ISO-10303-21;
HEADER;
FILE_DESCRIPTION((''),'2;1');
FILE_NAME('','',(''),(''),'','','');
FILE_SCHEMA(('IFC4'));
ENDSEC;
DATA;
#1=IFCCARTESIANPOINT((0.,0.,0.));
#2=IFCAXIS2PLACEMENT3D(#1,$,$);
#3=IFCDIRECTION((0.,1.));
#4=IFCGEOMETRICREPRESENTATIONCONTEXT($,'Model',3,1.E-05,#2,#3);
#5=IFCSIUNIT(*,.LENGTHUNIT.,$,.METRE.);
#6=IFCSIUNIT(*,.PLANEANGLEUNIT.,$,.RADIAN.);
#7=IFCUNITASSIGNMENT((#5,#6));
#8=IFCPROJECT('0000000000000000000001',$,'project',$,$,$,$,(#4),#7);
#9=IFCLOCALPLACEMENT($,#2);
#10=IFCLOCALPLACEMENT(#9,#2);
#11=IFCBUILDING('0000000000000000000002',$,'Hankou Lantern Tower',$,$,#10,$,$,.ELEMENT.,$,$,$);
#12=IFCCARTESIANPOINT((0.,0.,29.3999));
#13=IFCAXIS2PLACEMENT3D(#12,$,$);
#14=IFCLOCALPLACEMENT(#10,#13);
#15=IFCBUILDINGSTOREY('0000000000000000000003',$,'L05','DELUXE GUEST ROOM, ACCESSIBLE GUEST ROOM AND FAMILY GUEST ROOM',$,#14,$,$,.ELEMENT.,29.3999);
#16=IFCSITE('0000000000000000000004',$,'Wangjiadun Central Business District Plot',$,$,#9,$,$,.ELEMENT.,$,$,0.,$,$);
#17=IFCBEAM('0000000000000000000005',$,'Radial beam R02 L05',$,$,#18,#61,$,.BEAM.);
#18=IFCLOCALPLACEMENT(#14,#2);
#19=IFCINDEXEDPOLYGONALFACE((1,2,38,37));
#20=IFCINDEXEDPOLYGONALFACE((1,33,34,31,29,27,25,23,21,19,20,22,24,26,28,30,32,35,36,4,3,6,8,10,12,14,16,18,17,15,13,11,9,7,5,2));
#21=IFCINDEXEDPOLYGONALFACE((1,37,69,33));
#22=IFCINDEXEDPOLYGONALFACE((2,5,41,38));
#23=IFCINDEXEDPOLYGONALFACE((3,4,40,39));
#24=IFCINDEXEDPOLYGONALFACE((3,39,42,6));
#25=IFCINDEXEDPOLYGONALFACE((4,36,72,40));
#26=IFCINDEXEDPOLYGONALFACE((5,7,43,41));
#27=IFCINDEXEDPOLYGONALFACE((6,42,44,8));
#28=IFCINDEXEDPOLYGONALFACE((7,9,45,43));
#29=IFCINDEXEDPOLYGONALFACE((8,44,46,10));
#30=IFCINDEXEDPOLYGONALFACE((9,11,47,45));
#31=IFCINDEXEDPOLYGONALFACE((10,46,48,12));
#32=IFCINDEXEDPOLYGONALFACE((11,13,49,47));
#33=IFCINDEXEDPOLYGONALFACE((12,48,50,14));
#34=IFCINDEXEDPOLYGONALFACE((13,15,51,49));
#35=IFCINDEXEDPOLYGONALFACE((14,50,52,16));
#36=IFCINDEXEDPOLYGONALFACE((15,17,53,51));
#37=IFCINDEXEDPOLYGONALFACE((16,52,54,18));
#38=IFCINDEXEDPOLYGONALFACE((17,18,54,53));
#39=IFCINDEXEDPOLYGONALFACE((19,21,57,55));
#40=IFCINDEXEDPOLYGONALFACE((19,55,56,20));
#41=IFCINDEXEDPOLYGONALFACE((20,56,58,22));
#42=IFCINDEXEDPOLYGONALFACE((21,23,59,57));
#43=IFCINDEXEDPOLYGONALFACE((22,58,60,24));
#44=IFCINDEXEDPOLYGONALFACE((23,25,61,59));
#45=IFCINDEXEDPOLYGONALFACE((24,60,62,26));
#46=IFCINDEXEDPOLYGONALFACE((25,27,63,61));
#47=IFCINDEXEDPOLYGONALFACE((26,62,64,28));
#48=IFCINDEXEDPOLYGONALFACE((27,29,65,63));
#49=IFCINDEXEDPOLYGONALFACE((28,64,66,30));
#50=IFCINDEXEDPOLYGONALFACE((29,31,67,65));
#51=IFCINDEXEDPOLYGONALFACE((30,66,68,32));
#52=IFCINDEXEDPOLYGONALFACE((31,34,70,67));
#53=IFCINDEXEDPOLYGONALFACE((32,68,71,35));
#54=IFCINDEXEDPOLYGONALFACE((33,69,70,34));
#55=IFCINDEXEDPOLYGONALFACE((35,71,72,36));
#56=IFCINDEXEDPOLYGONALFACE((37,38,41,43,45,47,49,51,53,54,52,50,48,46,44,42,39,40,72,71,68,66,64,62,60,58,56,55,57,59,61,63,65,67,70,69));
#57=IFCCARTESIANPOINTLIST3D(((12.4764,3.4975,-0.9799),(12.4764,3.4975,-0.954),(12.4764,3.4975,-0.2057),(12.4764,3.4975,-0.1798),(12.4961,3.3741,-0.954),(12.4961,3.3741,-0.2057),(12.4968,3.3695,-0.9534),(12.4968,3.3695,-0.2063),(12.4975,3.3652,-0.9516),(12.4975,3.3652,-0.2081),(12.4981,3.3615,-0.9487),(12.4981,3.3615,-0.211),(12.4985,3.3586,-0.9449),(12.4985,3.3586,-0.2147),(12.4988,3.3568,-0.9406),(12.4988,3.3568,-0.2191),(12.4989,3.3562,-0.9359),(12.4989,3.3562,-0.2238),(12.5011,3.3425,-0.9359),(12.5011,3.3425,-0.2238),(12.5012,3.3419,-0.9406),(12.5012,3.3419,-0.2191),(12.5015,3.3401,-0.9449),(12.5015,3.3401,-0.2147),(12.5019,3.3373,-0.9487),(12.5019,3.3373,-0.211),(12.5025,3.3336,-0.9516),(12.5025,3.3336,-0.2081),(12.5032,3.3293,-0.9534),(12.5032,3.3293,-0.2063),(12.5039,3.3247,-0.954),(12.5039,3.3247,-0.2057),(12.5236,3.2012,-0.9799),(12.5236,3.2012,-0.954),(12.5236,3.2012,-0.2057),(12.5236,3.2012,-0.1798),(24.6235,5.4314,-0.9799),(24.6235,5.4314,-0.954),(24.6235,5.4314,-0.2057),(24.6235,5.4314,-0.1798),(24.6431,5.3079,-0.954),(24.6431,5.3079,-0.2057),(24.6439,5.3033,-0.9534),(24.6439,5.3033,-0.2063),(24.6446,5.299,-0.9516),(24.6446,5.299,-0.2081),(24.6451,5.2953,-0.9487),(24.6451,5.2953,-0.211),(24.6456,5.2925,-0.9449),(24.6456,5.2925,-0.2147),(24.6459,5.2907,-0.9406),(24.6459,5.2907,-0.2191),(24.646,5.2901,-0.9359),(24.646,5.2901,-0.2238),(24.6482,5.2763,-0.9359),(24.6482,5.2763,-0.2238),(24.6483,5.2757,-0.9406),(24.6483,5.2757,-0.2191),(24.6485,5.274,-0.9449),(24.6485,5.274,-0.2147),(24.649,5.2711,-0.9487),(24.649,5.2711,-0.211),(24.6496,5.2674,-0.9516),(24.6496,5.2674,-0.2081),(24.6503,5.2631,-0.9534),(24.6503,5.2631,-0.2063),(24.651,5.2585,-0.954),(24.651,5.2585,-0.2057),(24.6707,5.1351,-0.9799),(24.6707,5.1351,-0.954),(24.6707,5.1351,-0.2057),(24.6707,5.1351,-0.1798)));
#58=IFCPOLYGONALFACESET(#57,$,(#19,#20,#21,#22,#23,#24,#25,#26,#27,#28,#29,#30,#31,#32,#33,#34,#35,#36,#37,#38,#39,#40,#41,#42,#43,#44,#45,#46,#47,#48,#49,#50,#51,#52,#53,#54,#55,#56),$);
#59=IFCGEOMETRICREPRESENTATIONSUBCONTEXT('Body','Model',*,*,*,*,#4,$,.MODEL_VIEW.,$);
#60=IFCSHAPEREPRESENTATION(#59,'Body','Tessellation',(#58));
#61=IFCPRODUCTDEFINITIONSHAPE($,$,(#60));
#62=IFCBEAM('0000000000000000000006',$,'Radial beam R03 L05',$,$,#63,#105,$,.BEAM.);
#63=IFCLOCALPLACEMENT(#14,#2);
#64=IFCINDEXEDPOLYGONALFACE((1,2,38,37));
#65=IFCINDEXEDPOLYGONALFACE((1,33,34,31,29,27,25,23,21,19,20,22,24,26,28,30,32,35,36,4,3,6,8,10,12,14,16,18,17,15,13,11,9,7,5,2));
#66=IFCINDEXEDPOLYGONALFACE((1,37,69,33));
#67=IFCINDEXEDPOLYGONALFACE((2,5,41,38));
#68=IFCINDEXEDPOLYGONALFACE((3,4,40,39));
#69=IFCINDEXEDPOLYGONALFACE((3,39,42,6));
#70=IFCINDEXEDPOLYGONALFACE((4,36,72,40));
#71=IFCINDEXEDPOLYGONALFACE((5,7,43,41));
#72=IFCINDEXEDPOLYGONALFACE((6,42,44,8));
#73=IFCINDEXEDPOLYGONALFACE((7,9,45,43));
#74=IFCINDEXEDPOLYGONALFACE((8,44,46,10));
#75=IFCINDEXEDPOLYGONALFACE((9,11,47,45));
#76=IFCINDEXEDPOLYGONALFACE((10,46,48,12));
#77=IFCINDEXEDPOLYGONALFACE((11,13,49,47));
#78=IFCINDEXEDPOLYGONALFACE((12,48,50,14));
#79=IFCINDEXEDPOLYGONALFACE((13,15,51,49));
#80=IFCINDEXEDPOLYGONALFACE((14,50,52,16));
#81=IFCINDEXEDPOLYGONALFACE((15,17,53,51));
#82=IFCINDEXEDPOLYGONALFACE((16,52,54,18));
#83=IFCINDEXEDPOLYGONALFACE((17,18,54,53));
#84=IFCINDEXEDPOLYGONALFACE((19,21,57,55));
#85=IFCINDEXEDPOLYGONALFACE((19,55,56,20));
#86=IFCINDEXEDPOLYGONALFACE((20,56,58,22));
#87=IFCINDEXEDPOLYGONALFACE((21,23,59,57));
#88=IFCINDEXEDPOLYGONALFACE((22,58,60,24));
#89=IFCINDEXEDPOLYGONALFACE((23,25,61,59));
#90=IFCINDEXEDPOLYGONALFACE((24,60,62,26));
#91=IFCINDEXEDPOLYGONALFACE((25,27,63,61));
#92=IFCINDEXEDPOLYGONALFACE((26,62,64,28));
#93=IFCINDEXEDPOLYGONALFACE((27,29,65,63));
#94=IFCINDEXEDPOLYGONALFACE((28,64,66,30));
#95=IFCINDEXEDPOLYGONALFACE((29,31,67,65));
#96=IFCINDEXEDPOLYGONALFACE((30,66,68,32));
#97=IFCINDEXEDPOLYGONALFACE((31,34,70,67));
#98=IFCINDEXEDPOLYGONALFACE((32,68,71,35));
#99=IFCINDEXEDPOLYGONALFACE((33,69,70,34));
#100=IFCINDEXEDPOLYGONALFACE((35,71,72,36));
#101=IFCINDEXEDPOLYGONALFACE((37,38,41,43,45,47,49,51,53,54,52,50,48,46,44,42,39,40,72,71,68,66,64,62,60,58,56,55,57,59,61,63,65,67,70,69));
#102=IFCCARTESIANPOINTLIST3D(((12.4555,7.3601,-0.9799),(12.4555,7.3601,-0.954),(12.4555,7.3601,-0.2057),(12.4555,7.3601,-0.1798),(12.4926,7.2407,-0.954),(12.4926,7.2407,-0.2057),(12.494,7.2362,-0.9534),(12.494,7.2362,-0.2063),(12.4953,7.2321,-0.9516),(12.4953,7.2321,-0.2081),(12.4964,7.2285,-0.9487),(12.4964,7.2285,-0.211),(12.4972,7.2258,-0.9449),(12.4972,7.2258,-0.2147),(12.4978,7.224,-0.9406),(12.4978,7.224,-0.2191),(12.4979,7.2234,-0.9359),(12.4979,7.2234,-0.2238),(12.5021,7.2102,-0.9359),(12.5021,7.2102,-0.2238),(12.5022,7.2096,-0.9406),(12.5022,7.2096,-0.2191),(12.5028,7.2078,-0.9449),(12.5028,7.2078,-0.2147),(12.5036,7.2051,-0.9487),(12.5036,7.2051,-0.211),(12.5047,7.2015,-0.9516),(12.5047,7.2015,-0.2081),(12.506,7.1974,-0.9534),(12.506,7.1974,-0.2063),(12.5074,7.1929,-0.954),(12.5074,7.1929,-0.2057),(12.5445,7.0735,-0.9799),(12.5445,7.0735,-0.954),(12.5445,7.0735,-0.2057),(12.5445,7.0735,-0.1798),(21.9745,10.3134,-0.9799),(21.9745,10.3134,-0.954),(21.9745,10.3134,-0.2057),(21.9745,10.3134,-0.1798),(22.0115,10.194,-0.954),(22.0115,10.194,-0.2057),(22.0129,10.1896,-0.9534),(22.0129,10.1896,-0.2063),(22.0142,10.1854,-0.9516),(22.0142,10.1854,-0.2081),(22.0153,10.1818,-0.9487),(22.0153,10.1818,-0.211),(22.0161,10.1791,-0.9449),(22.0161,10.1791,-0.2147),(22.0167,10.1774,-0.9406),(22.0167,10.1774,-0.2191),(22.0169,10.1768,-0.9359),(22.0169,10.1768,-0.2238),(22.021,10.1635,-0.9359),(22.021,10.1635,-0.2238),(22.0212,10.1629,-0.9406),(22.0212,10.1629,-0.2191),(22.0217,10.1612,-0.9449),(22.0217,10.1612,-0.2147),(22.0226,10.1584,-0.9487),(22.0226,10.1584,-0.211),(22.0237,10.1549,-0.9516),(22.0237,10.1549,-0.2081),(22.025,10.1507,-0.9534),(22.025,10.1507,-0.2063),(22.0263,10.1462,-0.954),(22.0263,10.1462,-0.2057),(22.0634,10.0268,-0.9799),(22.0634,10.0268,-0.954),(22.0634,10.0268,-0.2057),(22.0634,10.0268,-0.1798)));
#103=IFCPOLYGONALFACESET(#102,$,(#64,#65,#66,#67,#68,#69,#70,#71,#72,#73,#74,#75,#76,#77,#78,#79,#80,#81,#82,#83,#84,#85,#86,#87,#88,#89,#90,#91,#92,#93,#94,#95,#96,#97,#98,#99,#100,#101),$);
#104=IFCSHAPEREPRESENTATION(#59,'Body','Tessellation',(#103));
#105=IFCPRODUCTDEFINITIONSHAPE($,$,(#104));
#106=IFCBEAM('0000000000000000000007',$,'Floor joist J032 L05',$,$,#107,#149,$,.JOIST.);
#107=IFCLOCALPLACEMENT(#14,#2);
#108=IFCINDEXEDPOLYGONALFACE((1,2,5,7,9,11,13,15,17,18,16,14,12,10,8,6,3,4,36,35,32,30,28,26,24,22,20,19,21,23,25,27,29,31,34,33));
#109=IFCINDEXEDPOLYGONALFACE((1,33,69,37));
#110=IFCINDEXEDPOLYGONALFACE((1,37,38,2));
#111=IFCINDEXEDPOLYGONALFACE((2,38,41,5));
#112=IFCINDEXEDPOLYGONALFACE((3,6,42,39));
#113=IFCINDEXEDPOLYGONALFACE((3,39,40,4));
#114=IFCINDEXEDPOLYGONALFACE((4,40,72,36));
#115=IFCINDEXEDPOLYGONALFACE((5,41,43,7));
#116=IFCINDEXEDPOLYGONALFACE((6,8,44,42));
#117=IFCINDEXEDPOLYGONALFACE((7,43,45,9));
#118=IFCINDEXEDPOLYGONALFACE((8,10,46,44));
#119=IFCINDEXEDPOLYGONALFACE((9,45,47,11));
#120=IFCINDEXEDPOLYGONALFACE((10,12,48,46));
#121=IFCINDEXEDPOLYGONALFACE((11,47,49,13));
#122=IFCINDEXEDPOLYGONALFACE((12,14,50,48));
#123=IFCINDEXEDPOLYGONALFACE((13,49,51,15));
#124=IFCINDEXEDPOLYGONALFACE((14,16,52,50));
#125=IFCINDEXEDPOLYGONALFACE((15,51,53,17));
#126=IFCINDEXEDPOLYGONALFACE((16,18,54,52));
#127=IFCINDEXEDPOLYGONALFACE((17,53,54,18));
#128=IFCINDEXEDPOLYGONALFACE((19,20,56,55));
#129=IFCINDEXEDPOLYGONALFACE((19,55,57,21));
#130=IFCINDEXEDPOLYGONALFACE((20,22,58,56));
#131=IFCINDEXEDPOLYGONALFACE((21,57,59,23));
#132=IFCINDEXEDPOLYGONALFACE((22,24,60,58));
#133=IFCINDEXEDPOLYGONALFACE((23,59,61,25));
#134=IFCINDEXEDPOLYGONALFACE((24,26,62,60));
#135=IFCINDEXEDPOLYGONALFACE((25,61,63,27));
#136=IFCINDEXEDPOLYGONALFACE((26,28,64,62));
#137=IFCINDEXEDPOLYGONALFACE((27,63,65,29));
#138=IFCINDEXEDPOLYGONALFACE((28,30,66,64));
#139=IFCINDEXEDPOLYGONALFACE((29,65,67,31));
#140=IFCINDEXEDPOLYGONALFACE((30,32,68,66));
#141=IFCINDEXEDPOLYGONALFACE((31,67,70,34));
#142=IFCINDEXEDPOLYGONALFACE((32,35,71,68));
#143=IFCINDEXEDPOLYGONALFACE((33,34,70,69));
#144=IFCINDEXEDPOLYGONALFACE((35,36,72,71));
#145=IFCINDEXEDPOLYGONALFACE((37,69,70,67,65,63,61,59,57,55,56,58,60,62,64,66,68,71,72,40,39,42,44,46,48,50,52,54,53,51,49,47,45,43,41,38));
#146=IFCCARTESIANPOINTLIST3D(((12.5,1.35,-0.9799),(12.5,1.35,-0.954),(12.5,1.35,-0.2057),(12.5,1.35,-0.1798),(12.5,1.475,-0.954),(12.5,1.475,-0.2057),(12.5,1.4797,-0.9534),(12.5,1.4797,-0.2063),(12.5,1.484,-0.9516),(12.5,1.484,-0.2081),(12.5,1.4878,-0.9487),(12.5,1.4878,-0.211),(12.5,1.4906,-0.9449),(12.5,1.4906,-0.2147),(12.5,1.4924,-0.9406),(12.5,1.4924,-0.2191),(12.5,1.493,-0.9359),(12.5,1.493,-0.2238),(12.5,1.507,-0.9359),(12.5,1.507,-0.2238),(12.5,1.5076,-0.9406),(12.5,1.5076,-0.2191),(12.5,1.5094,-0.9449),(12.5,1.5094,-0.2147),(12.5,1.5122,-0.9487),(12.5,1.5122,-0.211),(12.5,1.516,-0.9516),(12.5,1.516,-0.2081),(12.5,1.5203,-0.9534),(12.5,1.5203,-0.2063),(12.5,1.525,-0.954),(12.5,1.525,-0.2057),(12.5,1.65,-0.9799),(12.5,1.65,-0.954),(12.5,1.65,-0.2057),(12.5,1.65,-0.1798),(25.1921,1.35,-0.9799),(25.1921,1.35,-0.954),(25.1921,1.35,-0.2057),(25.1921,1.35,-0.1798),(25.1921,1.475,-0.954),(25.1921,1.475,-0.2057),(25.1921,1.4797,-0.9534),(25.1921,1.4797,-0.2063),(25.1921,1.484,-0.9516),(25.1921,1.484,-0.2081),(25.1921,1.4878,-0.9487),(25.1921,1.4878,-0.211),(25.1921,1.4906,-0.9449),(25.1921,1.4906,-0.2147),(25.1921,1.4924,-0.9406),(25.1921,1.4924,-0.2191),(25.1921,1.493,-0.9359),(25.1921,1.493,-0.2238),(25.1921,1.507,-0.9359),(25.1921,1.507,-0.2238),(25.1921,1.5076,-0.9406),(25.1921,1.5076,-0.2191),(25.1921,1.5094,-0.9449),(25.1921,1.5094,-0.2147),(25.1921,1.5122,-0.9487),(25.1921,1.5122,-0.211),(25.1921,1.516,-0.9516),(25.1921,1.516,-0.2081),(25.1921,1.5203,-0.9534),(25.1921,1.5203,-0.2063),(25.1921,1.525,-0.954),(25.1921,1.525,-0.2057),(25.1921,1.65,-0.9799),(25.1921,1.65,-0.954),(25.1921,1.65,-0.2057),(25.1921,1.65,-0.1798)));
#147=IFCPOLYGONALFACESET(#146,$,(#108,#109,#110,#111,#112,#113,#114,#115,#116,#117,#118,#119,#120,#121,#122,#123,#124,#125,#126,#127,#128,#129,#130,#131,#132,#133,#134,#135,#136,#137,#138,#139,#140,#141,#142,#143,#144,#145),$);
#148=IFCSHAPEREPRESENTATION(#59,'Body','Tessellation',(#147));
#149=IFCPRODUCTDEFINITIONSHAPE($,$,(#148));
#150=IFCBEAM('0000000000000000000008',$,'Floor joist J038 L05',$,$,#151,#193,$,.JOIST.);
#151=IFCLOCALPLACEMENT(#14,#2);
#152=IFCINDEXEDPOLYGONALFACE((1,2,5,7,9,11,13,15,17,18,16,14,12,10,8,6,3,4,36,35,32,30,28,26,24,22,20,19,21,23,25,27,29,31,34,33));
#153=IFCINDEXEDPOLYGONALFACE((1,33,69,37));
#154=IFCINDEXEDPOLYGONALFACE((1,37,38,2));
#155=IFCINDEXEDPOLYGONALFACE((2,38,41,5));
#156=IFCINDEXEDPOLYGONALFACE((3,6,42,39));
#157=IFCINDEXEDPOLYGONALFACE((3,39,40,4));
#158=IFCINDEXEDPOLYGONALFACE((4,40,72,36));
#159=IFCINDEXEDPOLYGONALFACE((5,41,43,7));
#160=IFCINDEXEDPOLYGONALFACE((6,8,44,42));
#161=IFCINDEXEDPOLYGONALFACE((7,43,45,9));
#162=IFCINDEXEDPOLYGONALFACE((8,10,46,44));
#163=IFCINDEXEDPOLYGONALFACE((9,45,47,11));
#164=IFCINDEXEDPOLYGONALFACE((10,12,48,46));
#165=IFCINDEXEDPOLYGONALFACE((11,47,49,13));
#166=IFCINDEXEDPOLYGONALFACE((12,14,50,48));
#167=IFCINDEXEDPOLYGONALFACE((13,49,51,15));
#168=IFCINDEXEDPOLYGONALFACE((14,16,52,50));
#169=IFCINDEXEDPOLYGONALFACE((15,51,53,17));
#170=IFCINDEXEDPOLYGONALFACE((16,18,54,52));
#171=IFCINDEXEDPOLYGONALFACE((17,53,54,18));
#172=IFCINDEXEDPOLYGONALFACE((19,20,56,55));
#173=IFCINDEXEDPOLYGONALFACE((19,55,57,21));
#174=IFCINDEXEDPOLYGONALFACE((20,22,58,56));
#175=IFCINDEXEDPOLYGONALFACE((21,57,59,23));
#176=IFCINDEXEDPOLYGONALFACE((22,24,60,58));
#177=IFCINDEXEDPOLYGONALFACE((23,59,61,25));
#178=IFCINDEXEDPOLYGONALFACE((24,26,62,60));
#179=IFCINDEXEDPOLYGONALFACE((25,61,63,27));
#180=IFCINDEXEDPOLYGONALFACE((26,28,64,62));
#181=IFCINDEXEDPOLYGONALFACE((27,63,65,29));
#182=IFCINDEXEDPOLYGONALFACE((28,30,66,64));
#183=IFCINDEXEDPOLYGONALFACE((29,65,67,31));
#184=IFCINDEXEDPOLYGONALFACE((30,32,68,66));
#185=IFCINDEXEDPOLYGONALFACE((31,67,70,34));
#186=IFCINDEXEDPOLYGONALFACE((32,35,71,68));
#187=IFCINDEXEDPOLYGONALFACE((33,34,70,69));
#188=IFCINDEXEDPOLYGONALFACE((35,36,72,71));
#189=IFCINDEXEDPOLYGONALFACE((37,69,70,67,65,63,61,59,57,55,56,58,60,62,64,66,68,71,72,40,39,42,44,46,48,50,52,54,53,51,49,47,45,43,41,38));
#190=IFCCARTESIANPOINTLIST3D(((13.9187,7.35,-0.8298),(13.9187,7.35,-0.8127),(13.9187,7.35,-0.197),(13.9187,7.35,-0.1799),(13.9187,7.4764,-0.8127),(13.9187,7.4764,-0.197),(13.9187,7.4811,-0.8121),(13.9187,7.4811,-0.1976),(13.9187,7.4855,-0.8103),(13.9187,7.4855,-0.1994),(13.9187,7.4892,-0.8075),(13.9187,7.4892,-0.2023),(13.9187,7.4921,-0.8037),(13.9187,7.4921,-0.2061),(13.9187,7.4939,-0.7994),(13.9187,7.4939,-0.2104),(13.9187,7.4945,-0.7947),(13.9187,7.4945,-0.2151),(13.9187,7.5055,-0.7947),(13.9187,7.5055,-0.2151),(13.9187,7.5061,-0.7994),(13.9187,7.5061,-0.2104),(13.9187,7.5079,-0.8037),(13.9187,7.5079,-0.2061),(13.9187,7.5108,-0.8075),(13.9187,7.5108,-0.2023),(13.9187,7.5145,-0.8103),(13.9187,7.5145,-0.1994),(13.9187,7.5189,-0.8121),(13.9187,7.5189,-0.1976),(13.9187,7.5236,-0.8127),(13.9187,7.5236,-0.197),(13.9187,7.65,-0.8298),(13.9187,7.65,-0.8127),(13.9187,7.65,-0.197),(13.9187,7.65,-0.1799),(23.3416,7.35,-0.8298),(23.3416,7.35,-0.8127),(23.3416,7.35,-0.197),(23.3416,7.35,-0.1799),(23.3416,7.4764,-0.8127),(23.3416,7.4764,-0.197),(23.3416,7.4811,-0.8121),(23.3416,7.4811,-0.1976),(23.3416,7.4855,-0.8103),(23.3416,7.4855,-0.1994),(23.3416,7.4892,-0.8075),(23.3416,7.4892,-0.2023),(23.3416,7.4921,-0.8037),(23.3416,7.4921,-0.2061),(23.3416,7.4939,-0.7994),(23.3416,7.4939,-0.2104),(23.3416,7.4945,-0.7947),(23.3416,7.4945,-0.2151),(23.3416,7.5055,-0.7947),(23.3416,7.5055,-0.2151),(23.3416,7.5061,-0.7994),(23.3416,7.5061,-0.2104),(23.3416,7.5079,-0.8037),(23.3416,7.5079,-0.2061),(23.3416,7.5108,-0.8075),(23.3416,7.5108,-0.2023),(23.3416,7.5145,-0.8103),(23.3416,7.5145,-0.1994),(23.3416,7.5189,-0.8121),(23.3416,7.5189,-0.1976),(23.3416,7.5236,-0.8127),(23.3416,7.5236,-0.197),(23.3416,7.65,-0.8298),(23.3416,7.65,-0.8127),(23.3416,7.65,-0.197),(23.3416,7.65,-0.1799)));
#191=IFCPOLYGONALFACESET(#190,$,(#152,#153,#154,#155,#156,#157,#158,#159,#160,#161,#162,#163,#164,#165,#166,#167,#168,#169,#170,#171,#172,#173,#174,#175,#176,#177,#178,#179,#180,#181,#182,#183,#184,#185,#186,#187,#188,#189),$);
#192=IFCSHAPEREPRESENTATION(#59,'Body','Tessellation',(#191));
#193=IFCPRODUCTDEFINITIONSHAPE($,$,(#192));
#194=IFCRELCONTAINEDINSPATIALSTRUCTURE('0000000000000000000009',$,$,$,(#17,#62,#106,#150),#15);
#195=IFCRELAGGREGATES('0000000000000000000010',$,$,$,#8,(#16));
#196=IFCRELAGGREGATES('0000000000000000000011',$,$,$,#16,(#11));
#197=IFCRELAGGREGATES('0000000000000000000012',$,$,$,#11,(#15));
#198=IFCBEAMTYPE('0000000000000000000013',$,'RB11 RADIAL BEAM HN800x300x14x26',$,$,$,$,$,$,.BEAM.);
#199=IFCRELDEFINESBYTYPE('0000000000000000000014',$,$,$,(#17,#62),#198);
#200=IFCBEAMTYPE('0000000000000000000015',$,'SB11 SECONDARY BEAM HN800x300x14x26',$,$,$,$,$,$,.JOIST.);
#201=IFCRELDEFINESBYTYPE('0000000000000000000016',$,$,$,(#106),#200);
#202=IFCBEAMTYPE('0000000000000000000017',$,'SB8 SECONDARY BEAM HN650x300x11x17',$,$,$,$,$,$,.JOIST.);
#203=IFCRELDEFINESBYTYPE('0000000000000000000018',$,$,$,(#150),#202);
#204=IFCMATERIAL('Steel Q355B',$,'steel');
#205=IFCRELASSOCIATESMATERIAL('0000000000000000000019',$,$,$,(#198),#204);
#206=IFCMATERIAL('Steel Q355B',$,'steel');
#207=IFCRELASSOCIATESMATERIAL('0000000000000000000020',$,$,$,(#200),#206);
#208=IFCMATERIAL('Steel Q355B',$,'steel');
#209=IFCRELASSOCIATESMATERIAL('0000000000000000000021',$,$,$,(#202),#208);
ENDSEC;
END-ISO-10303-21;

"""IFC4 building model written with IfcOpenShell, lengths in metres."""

from ifc_helpers import new_model, si_unit, direction, frame, origin, origin_2d, place, context, subcontext, project, spatial, i_section, extrude, material, material_profile, profile_set, type_object, element, save


model = new_model("IFC4")

# Units and contexts
model_context = context("Model", 3, precision=1e-05, world=origin(), true_north=direction((0.0, 1.0)))
body_context = subcontext(model_context, "Body", "Model", "MODEL_VIEW")
ifc_project = project(units=[si_unit("LENGTHUNIT", "METRE"), si_unit("PLANEANGLEUNIT", "RADIAN")], contexts=[model_context])

# Site, building, storey
site_placement = place(None, origin())
site = spatial("IfcSite", under=ifc_project, at=site_placement, Name="Wangjiadun Central Business District Plot", CompositionType="ELEMENT", RefElevation=0.0)
building_placement = place(site_placement, origin())
building = spatial("IfcBuilding", under=site, at=building_placement, Name="Hankou Lantern Tower", CompositionType="ELEMENT")
storey_placement = place(building_placement, frame((0.0, 0.0, 29.3999)))
storey = spatial("IfcBuildingStorey", under=building, at=storey_placement, Name="L05", Description="DELUXE GUEST ROOM, ACCESSIBLE GUEST ROOM AND FAMILY GUEST ROOM", CompositionType="ELEMENT", Elevation=29.3999)

# Beams
ifc_material_1 = material(Name="Steel Q355B", Category="steel")
ifc_material_profile_1 = material_profile(ifc_material_1, i_section(OverallWidth=0.3, OverallDepth=0.8, WebThickness=0.0139, FlangeThickness=0.0259, FilletRadius=0.0181, at=origin_2d()), Name="HN800x300x14x26")
ifc_profile_set_1 = profile_set([ifc_material_profile_1], Name="Steel Q355B")
beam_type_1 = type_object("IfcBeamType", Name="RB11 RADIAL BEAM HN800x300x14x26", PredefinedType="BEAM", material=ifc_profile_set_1)
beam_1_placement = place(storey_placement, frame((12.5, 3.3494, -0.5798), z_axis=(0.987563, 0.157223, 0.0), x_axis=(-0.157223, 0.987563, 0.0)))
element("IfcBeam", 1, at=beam_1_placement, inside=storey, type_object=beam_type_1, Name="Radial beam R02 L05", PredefinedType="BEAM", context=body_context, shape_type="SweptSolid", body=[
    extrude(i_section(OverallWidth=0.3, OverallDepth=0.8, WebThickness=0.0139, FlangeThickness=0.0259, FilletRadius=0.0181, at=origin_2d()), origin(), (0.0, 0.0, 1.0), 12.3),
])
beam_2_placement = place(storey_placement, frame((12.5, 7.2168, -0.5798), z_axis=(0.955087, 0.296324, 0.0), x_axis=(-0.296324, 0.955087, 0.0)))
element("IfcBeam", 2, at=beam_2_placement, inside=storey, type_object=beam_type_1, Name="Radial beam R03 L05", PredefinedType="BEAM", context=body_context, shape_type="SweptSolid", body=[
    extrude(i_section(OverallWidth=0.3, OverallDepth=0.8, WebThickness=0.0139, FlangeThickness=0.0259, FilletRadius=0.0181, at=origin_2d()), origin(), (0.0, 0.0, 1.0), 9.9666),
])
ifc_material_2 = material(Name="Steel Q355B", Category="steel")
ifc_material_profile_2 = material_profile(ifc_material_2, i_section(OverallWidth=0.3, OverallDepth=0.8, WebThickness=0.0139, FlangeThickness=0.0259, FilletRadius=0.0181, at=origin_2d()), Name="HN800x300x14x26")
ifc_profile_set_2 = profile_set([ifc_material_profile_2], Name="Steel Q355B")
beam_type_2 = type_object("IfcBeamType", Name="SB11 SECONDARY BEAM HN800x300x14x26", PredefinedType="JOIST", material=ifc_profile_set_2)
beam_3_placement = place(storey_placement, frame((12.5, 1.5, -0.5798), z_axis=(1.0, 0.0, 0.0), x_axis=(0.0, 1.0, 0.0)))
element("IfcBeam", 3, at=beam_3_placement, inside=storey, type_object=beam_type_2, Name="Floor joist J032 L05", PredefinedType="JOIST", context=body_context, shape_type="SweptSolid", body=[
    extrude(i_section(OverallWidth=0.3, OverallDepth=0.8, WebThickness=0.0139, FlangeThickness=0.0259, FilletRadius=0.0181, at=origin_2d()), origin(), (0.0, 0.0, 1.0), 12.6921),
])
ifc_material_3 = material(Name="Steel Q355B", Category="steel")
ifc_material_profile_3 = material_profile(ifc_material_3, i_section(OverallWidth=0.3, OverallDepth=0.6499, WebThickness=0.011, FlangeThickness=0.0171, FilletRadius=0.0181, at=origin_2d()), Name="HN650x300x11x17")
ifc_profile_set_3 = profile_set([ifc_material_profile_3], Name="Steel Q355B")
beam_type_3 = type_object("IfcBeamType", Name="SB8 SECONDARY BEAM HN650x300x11x17", PredefinedType="JOIST", material=ifc_profile_set_3)
beam_4_placement = place(storey_placement, frame((13.9187, 7.5, -0.5049), z_axis=(1.0, 0.0, 0.0), x_axis=(0.0, 1.0, 0.0)))
element("IfcBeam", 4, at=beam_4_placement, inside=storey, type_object=beam_type_3, Name="Floor joist J038 L05", PredefinedType="JOIST", context=body_context, shape_type="SweptSolid", body=[
    extrude(i_section(OverallWidth=0.3, OverallDepth=0.6499, WebThickness=0.011, FlangeThickness=0.0171, FilletRadius=0.0181, at=origin_2d()), origin(), (0.0, 0.0, 1.0), 9.4229),
])

save(model, "model.ifc")
